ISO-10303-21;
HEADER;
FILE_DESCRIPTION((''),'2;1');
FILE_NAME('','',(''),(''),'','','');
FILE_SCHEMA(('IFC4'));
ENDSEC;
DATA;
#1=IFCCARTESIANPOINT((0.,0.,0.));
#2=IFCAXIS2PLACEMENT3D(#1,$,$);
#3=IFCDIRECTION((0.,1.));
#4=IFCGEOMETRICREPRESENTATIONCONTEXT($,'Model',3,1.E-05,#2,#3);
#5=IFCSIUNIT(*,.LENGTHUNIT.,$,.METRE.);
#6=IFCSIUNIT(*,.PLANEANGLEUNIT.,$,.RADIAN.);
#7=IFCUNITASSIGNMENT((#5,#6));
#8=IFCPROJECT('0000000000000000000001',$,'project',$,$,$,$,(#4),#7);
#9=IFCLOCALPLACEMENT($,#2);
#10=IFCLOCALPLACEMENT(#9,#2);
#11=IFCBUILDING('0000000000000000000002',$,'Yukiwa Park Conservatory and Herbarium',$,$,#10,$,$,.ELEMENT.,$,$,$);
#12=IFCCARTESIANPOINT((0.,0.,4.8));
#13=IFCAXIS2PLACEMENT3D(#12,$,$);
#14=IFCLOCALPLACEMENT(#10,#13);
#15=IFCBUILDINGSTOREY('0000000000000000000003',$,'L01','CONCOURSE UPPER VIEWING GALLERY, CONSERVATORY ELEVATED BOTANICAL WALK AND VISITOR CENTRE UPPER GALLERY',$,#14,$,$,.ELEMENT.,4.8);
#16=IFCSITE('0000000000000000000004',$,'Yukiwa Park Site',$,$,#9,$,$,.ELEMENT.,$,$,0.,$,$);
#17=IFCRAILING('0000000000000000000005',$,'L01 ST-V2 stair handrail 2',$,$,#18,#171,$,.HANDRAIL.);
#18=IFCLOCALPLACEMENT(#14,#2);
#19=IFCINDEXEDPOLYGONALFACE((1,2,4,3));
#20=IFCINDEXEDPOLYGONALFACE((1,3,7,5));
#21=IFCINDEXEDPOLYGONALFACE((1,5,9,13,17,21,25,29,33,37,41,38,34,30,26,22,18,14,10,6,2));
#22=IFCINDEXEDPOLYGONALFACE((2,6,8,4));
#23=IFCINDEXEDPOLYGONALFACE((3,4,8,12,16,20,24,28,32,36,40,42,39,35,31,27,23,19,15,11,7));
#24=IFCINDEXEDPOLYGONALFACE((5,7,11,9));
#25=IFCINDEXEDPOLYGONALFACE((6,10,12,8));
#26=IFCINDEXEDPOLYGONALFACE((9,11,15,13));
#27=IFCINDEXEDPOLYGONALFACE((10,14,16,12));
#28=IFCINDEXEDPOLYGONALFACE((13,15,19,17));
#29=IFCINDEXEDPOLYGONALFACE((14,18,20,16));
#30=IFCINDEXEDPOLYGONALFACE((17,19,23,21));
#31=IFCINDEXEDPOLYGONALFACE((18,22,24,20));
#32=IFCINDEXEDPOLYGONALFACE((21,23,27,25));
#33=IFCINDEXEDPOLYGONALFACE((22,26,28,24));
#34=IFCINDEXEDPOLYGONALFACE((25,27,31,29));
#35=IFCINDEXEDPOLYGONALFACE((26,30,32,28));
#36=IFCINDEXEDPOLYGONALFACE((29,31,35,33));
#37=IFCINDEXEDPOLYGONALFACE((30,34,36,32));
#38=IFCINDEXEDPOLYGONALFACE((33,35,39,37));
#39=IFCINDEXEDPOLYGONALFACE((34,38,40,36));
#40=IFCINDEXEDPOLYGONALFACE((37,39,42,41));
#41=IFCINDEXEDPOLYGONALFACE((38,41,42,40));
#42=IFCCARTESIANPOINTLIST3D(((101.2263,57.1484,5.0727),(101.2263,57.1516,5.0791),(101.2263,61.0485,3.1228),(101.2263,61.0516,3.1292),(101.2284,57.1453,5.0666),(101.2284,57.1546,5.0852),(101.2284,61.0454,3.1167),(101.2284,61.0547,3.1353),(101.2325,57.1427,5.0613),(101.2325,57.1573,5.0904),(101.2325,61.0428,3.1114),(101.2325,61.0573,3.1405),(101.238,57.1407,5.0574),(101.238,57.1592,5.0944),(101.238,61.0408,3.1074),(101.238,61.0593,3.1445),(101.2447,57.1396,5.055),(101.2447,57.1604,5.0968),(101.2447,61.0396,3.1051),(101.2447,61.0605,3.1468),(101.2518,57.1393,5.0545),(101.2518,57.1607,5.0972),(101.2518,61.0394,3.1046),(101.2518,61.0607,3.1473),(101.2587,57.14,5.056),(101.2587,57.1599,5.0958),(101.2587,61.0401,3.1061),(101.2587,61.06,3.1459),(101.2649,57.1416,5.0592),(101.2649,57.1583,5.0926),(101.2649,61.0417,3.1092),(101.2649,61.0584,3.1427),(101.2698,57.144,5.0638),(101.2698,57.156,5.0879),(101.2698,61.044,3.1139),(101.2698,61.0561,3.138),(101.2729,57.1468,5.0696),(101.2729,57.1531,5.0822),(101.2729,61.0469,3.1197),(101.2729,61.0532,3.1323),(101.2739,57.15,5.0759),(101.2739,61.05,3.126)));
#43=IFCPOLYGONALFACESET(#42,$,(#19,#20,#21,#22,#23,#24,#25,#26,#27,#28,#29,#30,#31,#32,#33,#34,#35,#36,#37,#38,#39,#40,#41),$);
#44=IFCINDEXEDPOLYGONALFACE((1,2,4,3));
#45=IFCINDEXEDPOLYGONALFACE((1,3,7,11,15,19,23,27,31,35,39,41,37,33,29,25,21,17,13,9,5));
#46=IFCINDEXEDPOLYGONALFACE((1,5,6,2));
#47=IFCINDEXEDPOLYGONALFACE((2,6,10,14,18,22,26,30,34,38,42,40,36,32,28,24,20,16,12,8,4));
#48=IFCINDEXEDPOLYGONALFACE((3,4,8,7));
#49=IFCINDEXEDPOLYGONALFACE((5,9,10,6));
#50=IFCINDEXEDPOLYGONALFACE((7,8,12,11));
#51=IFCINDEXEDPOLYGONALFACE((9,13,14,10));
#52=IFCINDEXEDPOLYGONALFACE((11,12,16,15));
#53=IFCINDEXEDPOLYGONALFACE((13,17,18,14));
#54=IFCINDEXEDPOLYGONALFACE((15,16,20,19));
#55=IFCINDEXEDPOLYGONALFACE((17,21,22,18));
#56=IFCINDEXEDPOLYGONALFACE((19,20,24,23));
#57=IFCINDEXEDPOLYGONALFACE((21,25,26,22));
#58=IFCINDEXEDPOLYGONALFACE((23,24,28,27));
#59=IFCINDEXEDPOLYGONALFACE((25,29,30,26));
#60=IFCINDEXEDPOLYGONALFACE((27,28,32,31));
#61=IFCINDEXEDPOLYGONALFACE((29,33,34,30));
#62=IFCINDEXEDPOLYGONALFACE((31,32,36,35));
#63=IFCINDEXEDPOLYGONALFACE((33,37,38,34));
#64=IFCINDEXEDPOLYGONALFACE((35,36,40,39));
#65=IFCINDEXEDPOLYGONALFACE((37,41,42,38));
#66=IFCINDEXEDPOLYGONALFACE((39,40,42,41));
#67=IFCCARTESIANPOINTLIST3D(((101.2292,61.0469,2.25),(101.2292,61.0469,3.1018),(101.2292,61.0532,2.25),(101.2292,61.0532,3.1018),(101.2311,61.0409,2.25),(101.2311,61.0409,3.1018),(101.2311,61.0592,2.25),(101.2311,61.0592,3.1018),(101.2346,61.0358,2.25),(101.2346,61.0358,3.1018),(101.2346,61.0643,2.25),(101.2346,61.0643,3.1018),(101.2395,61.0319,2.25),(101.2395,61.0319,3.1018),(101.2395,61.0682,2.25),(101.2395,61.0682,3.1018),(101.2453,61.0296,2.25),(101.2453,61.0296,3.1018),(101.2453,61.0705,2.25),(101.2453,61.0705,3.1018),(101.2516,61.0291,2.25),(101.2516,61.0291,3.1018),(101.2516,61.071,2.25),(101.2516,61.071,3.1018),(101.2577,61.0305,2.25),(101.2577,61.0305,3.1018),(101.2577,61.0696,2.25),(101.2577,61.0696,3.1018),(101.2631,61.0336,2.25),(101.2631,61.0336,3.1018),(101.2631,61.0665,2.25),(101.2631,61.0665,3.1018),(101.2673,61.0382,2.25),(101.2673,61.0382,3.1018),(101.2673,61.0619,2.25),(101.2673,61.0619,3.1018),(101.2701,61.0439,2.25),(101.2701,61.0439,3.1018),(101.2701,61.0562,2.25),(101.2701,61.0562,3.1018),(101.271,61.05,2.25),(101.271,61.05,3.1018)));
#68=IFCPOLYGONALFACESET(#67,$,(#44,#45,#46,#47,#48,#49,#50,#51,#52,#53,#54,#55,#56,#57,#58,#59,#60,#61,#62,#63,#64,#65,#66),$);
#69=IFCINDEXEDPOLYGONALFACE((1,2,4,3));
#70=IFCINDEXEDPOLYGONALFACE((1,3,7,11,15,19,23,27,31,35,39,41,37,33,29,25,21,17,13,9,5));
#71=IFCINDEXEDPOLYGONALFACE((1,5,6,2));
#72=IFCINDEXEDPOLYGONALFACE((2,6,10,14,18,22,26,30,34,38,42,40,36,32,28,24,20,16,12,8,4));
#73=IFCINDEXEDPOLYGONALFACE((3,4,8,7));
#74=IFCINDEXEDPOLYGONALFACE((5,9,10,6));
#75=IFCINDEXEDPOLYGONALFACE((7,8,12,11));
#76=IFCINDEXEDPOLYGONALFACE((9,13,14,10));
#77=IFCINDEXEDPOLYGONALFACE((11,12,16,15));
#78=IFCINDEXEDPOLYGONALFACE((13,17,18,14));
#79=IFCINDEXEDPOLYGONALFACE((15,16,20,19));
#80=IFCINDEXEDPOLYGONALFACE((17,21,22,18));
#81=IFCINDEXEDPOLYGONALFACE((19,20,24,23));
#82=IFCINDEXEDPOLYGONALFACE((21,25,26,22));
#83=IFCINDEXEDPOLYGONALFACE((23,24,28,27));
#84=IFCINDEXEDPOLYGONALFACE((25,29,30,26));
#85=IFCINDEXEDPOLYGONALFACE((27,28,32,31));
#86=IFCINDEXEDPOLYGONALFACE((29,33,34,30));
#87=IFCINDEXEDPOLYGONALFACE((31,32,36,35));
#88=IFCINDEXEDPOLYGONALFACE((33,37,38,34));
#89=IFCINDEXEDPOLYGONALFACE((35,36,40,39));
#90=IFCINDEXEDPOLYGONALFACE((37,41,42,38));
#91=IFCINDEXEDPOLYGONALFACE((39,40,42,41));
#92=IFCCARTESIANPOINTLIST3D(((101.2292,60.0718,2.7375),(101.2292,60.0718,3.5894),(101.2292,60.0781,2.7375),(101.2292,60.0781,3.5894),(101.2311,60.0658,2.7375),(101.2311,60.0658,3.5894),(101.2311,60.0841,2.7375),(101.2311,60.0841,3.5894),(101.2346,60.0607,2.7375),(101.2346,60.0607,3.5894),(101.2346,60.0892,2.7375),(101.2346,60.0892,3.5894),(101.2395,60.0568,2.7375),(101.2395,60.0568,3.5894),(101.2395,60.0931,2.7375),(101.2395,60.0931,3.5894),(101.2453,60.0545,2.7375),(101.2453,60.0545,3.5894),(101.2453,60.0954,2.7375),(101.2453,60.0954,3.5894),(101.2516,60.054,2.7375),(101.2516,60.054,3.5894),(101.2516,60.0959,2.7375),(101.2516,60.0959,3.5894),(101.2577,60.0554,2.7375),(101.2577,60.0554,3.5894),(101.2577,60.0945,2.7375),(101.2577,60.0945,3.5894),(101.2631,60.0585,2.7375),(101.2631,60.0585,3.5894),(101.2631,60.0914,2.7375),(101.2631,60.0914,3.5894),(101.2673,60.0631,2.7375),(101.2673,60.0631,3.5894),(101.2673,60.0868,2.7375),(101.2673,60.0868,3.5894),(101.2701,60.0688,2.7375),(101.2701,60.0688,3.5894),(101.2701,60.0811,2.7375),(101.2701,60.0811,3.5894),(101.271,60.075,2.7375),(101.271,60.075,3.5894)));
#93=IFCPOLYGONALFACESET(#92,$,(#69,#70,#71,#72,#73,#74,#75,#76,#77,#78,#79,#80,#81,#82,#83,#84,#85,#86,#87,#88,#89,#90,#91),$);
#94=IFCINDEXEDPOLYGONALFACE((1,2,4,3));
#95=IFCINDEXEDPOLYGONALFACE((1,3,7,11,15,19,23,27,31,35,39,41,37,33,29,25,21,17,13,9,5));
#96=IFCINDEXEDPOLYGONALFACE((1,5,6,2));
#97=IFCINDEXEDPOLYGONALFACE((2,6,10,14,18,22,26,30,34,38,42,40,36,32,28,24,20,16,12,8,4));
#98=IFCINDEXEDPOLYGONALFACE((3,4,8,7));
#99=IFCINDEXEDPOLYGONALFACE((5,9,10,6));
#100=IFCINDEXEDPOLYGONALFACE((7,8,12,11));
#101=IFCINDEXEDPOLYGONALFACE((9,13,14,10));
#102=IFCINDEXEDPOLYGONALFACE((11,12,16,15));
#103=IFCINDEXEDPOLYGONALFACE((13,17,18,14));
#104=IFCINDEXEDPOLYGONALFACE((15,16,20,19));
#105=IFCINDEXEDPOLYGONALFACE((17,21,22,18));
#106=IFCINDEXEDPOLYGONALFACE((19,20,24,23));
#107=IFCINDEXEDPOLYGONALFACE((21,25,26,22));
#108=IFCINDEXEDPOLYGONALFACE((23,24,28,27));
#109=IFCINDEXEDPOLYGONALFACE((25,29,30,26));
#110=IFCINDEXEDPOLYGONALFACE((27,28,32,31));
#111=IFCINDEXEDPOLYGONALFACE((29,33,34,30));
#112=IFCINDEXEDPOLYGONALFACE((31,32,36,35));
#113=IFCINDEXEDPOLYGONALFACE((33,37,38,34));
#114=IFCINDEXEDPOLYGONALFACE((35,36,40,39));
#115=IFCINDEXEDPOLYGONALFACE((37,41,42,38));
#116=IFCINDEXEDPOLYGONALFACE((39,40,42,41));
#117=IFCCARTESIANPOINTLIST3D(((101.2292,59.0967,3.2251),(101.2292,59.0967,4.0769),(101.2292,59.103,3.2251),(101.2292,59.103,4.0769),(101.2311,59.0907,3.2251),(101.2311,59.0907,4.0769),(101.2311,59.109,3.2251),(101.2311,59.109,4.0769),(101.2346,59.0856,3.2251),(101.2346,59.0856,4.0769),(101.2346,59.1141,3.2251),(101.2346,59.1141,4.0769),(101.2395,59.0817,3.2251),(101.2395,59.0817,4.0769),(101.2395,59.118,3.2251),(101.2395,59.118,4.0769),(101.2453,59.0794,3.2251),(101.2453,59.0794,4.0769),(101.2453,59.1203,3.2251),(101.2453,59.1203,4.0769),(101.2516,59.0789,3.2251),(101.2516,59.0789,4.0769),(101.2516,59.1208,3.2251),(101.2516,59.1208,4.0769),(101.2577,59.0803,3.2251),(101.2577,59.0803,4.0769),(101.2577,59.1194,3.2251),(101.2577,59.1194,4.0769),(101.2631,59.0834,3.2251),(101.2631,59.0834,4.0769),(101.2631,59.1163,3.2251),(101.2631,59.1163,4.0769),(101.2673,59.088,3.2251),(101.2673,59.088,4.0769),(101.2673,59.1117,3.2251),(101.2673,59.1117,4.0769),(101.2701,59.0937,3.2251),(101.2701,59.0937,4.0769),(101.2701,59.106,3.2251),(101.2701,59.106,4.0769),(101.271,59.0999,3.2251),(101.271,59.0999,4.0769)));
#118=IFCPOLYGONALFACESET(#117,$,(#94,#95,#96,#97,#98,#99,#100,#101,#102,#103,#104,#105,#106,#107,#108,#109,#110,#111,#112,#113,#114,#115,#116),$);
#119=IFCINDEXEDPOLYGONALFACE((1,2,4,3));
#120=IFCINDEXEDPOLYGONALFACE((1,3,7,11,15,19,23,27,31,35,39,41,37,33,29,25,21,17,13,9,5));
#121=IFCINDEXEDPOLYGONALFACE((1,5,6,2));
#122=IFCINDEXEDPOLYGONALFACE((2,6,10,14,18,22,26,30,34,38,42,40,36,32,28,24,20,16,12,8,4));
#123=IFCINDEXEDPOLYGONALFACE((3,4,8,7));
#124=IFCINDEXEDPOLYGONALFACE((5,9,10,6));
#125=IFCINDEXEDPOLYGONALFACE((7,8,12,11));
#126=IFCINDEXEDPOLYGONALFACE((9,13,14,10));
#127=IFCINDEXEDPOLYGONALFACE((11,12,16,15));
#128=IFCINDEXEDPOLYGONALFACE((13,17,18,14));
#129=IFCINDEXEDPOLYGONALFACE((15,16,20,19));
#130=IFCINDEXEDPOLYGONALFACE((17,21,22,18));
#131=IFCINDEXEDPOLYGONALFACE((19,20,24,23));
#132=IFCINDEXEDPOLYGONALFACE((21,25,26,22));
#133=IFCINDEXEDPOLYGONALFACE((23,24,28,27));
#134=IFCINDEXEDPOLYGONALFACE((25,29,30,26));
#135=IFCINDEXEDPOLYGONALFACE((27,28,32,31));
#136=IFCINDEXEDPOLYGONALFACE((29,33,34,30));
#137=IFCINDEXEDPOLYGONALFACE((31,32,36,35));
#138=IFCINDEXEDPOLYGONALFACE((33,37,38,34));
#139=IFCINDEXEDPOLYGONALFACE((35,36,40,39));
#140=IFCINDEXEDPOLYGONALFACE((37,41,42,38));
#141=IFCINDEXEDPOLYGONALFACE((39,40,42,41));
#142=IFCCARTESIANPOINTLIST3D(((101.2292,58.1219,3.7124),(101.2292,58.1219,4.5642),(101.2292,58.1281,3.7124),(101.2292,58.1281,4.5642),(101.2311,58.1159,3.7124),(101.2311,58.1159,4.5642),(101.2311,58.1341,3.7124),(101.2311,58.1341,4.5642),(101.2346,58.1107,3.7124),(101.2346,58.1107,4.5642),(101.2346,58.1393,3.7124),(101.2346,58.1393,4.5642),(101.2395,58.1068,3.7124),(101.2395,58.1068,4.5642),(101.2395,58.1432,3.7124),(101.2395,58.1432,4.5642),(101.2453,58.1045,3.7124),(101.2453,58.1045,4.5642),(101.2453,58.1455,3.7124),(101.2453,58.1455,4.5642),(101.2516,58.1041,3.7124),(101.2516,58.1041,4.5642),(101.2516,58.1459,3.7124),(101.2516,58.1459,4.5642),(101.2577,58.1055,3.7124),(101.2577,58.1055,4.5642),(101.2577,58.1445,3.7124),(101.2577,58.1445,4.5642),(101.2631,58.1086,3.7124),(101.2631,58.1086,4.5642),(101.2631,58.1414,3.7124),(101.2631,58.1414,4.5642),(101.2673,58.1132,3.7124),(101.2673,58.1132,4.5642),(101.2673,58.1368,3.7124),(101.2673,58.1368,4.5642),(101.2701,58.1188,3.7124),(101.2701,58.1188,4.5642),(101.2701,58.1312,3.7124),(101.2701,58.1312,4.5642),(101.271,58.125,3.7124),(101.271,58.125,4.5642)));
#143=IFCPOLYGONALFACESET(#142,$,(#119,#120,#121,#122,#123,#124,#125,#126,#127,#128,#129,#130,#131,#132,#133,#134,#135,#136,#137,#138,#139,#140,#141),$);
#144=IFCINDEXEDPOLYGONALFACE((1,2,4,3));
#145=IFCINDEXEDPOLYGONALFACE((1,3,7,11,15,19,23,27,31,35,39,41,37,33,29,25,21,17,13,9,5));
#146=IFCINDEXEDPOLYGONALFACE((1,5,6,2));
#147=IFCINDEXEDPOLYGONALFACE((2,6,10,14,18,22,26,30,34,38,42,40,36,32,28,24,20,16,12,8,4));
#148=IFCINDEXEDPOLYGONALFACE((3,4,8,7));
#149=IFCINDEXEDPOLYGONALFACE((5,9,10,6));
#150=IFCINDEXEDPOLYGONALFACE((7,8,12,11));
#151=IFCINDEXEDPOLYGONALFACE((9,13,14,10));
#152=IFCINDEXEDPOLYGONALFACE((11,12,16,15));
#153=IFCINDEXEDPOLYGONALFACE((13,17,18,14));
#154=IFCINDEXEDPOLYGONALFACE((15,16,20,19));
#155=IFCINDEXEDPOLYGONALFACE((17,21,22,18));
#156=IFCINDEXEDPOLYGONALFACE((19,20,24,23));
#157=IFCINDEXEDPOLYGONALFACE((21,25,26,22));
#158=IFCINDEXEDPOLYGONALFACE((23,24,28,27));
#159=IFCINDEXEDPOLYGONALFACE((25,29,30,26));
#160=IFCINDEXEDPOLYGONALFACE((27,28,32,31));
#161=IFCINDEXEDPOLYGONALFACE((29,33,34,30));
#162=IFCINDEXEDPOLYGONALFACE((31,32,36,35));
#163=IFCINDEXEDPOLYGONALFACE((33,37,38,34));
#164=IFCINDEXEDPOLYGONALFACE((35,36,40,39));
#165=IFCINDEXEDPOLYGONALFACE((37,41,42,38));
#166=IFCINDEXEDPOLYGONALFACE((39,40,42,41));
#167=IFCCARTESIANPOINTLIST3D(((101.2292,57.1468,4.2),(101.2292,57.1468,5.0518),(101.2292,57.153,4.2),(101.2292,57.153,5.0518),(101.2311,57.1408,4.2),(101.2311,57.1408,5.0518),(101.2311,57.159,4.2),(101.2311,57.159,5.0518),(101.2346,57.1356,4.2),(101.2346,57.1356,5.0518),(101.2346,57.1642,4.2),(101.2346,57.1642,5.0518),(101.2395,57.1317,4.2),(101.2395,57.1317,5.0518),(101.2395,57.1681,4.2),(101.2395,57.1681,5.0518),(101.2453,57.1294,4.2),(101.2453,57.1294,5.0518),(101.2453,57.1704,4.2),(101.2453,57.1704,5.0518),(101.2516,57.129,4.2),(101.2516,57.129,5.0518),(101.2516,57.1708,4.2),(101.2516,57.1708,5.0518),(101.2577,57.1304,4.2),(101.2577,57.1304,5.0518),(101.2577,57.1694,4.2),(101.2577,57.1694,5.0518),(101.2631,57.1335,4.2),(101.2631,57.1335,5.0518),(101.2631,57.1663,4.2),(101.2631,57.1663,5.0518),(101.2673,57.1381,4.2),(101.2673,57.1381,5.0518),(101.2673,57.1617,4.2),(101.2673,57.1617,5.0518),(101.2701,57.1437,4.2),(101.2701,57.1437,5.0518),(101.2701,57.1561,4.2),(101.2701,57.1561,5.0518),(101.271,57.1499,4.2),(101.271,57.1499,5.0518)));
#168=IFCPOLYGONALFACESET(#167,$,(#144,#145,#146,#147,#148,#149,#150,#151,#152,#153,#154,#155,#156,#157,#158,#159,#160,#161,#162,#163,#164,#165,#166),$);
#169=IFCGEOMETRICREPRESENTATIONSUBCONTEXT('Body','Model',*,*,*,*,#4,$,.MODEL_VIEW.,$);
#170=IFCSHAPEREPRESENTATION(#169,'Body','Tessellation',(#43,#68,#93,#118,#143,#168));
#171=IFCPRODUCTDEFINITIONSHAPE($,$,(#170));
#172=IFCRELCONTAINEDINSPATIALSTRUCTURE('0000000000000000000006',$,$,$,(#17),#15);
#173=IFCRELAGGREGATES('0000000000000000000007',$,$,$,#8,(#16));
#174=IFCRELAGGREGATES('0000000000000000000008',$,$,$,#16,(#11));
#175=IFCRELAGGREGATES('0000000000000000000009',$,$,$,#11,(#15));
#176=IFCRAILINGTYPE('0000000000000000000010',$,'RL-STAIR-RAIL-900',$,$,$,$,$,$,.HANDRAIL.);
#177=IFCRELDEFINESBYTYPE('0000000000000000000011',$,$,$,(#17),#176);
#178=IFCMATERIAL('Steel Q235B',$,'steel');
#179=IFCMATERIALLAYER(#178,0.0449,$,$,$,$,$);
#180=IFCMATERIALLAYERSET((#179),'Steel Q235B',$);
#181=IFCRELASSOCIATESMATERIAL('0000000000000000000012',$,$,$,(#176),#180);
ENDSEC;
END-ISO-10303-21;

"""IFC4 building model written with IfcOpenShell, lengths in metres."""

from ifc_helpers import new_model, si_unit, direction, frame, origin, origin_2d, place, context, subcontext, project, spatial, circle, extrude, material, layer, layer_set, type_object, element, save


model = new_model("IFC4")

# Units and contexts
model_context = context("Model", 3, precision=1e-05, world=origin(), true_north=direction((0.0, 1.0)))
body_context = subcontext(model_context, "Body", "Model", "MODEL_VIEW")
ifc_project = project(units=[si_unit("LENGTHUNIT", "METRE"), si_unit("PLANEANGLEUNIT", "RADIAN")], contexts=[model_context])

# Site, building, storey
site_placement = place(None, origin())
site = spatial("IfcSite", under=ifc_project, at=site_placement, Name="Yukiwa Park Site", CompositionType="ELEMENT", RefElevation=0.0)
building_placement = place(site_placement, origin())
building = spatial("IfcBuilding", under=site, at=building_placement, Name="Yukiwa Park Conservatory and Herbarium", CompositionType="ELEMENT")
storey_placement = place(building_placement, frame((0.0, 0.0, 4.8)))
storey = spatial("IfcBuildingStorey", under=building, at=storey_placement, Name="L01", Description="CONCOURSE UPPER VIEWING GALLERY, CONSERVATORY ELEVATED BOTANICAL WALK AND VISITOR CENTRE UPPER GALLERY", CompositionType="ELEMENT", Elevation=4.8)

# Railing
ifc_material_1 = material(Name="Steel Q235B", Category="steel")
ifc_layer_1 = layer(ifc_material_1, 0.0449)
ifc_layer_set_1 = layer_set([ifc_layer_1], Name="Steel Q235B")
railing_type_1 = type_object("IfcRailingType", Name="RL-STAIR-RAIL-900", PredefinedType="HANDRAIL", material=ifc_layer_set_1)
railing_1_placement = place(storey_placement, frame((101.25, 61.05, 2.25)))
element("IfcRailing", 1, at=railing_1_placement, inside=storey, type_object=railing_type_1, Name="L01 ST-V2 stair handrail 2", PredefinedType="HANDRAIL", context=body_context, shape_type="SweptSolid", body=[
    extrude(circle(Radius=0.0239, at=origin_2d()), frame((0.0, 0.0, 0.876), z_axis=(0.0, -0.894438, 0.447191), x_axis=(1.0, 0.0, 0.0)), (0.0, 0.0, 1.0), 4.3604),
    extrude(circle(Radius=0.021, at=origin_2d()), origin(), (0.0, 0.0, 1.0), 0.8518),
    extrude(circle(Radius=0.021, at=origin_2d()), frame((0.0, -0.9751, 0.4875)), (0.0, 0.0, 1.0), 0.8518),
    extrude(circle(Radius=0.021, at=origin_2d()), frame((0.0, -1.9502, 0.9751)), (0.0, 0.0, 1.0), 0.8518),
    extrude(circle(Radius=0.021, at=origin_2d()), frame((0.0, -2.925, 1.4624)), (0.0, 0.0, 1.0), 0.8518),
    extrude(circle(Radius=0.021, at=origin_2d()), frame((0.0, -3.9001, 1.95)), (0.0, 0.0, 1.0), 0.8518),
])

save(model, "model.ifc")
